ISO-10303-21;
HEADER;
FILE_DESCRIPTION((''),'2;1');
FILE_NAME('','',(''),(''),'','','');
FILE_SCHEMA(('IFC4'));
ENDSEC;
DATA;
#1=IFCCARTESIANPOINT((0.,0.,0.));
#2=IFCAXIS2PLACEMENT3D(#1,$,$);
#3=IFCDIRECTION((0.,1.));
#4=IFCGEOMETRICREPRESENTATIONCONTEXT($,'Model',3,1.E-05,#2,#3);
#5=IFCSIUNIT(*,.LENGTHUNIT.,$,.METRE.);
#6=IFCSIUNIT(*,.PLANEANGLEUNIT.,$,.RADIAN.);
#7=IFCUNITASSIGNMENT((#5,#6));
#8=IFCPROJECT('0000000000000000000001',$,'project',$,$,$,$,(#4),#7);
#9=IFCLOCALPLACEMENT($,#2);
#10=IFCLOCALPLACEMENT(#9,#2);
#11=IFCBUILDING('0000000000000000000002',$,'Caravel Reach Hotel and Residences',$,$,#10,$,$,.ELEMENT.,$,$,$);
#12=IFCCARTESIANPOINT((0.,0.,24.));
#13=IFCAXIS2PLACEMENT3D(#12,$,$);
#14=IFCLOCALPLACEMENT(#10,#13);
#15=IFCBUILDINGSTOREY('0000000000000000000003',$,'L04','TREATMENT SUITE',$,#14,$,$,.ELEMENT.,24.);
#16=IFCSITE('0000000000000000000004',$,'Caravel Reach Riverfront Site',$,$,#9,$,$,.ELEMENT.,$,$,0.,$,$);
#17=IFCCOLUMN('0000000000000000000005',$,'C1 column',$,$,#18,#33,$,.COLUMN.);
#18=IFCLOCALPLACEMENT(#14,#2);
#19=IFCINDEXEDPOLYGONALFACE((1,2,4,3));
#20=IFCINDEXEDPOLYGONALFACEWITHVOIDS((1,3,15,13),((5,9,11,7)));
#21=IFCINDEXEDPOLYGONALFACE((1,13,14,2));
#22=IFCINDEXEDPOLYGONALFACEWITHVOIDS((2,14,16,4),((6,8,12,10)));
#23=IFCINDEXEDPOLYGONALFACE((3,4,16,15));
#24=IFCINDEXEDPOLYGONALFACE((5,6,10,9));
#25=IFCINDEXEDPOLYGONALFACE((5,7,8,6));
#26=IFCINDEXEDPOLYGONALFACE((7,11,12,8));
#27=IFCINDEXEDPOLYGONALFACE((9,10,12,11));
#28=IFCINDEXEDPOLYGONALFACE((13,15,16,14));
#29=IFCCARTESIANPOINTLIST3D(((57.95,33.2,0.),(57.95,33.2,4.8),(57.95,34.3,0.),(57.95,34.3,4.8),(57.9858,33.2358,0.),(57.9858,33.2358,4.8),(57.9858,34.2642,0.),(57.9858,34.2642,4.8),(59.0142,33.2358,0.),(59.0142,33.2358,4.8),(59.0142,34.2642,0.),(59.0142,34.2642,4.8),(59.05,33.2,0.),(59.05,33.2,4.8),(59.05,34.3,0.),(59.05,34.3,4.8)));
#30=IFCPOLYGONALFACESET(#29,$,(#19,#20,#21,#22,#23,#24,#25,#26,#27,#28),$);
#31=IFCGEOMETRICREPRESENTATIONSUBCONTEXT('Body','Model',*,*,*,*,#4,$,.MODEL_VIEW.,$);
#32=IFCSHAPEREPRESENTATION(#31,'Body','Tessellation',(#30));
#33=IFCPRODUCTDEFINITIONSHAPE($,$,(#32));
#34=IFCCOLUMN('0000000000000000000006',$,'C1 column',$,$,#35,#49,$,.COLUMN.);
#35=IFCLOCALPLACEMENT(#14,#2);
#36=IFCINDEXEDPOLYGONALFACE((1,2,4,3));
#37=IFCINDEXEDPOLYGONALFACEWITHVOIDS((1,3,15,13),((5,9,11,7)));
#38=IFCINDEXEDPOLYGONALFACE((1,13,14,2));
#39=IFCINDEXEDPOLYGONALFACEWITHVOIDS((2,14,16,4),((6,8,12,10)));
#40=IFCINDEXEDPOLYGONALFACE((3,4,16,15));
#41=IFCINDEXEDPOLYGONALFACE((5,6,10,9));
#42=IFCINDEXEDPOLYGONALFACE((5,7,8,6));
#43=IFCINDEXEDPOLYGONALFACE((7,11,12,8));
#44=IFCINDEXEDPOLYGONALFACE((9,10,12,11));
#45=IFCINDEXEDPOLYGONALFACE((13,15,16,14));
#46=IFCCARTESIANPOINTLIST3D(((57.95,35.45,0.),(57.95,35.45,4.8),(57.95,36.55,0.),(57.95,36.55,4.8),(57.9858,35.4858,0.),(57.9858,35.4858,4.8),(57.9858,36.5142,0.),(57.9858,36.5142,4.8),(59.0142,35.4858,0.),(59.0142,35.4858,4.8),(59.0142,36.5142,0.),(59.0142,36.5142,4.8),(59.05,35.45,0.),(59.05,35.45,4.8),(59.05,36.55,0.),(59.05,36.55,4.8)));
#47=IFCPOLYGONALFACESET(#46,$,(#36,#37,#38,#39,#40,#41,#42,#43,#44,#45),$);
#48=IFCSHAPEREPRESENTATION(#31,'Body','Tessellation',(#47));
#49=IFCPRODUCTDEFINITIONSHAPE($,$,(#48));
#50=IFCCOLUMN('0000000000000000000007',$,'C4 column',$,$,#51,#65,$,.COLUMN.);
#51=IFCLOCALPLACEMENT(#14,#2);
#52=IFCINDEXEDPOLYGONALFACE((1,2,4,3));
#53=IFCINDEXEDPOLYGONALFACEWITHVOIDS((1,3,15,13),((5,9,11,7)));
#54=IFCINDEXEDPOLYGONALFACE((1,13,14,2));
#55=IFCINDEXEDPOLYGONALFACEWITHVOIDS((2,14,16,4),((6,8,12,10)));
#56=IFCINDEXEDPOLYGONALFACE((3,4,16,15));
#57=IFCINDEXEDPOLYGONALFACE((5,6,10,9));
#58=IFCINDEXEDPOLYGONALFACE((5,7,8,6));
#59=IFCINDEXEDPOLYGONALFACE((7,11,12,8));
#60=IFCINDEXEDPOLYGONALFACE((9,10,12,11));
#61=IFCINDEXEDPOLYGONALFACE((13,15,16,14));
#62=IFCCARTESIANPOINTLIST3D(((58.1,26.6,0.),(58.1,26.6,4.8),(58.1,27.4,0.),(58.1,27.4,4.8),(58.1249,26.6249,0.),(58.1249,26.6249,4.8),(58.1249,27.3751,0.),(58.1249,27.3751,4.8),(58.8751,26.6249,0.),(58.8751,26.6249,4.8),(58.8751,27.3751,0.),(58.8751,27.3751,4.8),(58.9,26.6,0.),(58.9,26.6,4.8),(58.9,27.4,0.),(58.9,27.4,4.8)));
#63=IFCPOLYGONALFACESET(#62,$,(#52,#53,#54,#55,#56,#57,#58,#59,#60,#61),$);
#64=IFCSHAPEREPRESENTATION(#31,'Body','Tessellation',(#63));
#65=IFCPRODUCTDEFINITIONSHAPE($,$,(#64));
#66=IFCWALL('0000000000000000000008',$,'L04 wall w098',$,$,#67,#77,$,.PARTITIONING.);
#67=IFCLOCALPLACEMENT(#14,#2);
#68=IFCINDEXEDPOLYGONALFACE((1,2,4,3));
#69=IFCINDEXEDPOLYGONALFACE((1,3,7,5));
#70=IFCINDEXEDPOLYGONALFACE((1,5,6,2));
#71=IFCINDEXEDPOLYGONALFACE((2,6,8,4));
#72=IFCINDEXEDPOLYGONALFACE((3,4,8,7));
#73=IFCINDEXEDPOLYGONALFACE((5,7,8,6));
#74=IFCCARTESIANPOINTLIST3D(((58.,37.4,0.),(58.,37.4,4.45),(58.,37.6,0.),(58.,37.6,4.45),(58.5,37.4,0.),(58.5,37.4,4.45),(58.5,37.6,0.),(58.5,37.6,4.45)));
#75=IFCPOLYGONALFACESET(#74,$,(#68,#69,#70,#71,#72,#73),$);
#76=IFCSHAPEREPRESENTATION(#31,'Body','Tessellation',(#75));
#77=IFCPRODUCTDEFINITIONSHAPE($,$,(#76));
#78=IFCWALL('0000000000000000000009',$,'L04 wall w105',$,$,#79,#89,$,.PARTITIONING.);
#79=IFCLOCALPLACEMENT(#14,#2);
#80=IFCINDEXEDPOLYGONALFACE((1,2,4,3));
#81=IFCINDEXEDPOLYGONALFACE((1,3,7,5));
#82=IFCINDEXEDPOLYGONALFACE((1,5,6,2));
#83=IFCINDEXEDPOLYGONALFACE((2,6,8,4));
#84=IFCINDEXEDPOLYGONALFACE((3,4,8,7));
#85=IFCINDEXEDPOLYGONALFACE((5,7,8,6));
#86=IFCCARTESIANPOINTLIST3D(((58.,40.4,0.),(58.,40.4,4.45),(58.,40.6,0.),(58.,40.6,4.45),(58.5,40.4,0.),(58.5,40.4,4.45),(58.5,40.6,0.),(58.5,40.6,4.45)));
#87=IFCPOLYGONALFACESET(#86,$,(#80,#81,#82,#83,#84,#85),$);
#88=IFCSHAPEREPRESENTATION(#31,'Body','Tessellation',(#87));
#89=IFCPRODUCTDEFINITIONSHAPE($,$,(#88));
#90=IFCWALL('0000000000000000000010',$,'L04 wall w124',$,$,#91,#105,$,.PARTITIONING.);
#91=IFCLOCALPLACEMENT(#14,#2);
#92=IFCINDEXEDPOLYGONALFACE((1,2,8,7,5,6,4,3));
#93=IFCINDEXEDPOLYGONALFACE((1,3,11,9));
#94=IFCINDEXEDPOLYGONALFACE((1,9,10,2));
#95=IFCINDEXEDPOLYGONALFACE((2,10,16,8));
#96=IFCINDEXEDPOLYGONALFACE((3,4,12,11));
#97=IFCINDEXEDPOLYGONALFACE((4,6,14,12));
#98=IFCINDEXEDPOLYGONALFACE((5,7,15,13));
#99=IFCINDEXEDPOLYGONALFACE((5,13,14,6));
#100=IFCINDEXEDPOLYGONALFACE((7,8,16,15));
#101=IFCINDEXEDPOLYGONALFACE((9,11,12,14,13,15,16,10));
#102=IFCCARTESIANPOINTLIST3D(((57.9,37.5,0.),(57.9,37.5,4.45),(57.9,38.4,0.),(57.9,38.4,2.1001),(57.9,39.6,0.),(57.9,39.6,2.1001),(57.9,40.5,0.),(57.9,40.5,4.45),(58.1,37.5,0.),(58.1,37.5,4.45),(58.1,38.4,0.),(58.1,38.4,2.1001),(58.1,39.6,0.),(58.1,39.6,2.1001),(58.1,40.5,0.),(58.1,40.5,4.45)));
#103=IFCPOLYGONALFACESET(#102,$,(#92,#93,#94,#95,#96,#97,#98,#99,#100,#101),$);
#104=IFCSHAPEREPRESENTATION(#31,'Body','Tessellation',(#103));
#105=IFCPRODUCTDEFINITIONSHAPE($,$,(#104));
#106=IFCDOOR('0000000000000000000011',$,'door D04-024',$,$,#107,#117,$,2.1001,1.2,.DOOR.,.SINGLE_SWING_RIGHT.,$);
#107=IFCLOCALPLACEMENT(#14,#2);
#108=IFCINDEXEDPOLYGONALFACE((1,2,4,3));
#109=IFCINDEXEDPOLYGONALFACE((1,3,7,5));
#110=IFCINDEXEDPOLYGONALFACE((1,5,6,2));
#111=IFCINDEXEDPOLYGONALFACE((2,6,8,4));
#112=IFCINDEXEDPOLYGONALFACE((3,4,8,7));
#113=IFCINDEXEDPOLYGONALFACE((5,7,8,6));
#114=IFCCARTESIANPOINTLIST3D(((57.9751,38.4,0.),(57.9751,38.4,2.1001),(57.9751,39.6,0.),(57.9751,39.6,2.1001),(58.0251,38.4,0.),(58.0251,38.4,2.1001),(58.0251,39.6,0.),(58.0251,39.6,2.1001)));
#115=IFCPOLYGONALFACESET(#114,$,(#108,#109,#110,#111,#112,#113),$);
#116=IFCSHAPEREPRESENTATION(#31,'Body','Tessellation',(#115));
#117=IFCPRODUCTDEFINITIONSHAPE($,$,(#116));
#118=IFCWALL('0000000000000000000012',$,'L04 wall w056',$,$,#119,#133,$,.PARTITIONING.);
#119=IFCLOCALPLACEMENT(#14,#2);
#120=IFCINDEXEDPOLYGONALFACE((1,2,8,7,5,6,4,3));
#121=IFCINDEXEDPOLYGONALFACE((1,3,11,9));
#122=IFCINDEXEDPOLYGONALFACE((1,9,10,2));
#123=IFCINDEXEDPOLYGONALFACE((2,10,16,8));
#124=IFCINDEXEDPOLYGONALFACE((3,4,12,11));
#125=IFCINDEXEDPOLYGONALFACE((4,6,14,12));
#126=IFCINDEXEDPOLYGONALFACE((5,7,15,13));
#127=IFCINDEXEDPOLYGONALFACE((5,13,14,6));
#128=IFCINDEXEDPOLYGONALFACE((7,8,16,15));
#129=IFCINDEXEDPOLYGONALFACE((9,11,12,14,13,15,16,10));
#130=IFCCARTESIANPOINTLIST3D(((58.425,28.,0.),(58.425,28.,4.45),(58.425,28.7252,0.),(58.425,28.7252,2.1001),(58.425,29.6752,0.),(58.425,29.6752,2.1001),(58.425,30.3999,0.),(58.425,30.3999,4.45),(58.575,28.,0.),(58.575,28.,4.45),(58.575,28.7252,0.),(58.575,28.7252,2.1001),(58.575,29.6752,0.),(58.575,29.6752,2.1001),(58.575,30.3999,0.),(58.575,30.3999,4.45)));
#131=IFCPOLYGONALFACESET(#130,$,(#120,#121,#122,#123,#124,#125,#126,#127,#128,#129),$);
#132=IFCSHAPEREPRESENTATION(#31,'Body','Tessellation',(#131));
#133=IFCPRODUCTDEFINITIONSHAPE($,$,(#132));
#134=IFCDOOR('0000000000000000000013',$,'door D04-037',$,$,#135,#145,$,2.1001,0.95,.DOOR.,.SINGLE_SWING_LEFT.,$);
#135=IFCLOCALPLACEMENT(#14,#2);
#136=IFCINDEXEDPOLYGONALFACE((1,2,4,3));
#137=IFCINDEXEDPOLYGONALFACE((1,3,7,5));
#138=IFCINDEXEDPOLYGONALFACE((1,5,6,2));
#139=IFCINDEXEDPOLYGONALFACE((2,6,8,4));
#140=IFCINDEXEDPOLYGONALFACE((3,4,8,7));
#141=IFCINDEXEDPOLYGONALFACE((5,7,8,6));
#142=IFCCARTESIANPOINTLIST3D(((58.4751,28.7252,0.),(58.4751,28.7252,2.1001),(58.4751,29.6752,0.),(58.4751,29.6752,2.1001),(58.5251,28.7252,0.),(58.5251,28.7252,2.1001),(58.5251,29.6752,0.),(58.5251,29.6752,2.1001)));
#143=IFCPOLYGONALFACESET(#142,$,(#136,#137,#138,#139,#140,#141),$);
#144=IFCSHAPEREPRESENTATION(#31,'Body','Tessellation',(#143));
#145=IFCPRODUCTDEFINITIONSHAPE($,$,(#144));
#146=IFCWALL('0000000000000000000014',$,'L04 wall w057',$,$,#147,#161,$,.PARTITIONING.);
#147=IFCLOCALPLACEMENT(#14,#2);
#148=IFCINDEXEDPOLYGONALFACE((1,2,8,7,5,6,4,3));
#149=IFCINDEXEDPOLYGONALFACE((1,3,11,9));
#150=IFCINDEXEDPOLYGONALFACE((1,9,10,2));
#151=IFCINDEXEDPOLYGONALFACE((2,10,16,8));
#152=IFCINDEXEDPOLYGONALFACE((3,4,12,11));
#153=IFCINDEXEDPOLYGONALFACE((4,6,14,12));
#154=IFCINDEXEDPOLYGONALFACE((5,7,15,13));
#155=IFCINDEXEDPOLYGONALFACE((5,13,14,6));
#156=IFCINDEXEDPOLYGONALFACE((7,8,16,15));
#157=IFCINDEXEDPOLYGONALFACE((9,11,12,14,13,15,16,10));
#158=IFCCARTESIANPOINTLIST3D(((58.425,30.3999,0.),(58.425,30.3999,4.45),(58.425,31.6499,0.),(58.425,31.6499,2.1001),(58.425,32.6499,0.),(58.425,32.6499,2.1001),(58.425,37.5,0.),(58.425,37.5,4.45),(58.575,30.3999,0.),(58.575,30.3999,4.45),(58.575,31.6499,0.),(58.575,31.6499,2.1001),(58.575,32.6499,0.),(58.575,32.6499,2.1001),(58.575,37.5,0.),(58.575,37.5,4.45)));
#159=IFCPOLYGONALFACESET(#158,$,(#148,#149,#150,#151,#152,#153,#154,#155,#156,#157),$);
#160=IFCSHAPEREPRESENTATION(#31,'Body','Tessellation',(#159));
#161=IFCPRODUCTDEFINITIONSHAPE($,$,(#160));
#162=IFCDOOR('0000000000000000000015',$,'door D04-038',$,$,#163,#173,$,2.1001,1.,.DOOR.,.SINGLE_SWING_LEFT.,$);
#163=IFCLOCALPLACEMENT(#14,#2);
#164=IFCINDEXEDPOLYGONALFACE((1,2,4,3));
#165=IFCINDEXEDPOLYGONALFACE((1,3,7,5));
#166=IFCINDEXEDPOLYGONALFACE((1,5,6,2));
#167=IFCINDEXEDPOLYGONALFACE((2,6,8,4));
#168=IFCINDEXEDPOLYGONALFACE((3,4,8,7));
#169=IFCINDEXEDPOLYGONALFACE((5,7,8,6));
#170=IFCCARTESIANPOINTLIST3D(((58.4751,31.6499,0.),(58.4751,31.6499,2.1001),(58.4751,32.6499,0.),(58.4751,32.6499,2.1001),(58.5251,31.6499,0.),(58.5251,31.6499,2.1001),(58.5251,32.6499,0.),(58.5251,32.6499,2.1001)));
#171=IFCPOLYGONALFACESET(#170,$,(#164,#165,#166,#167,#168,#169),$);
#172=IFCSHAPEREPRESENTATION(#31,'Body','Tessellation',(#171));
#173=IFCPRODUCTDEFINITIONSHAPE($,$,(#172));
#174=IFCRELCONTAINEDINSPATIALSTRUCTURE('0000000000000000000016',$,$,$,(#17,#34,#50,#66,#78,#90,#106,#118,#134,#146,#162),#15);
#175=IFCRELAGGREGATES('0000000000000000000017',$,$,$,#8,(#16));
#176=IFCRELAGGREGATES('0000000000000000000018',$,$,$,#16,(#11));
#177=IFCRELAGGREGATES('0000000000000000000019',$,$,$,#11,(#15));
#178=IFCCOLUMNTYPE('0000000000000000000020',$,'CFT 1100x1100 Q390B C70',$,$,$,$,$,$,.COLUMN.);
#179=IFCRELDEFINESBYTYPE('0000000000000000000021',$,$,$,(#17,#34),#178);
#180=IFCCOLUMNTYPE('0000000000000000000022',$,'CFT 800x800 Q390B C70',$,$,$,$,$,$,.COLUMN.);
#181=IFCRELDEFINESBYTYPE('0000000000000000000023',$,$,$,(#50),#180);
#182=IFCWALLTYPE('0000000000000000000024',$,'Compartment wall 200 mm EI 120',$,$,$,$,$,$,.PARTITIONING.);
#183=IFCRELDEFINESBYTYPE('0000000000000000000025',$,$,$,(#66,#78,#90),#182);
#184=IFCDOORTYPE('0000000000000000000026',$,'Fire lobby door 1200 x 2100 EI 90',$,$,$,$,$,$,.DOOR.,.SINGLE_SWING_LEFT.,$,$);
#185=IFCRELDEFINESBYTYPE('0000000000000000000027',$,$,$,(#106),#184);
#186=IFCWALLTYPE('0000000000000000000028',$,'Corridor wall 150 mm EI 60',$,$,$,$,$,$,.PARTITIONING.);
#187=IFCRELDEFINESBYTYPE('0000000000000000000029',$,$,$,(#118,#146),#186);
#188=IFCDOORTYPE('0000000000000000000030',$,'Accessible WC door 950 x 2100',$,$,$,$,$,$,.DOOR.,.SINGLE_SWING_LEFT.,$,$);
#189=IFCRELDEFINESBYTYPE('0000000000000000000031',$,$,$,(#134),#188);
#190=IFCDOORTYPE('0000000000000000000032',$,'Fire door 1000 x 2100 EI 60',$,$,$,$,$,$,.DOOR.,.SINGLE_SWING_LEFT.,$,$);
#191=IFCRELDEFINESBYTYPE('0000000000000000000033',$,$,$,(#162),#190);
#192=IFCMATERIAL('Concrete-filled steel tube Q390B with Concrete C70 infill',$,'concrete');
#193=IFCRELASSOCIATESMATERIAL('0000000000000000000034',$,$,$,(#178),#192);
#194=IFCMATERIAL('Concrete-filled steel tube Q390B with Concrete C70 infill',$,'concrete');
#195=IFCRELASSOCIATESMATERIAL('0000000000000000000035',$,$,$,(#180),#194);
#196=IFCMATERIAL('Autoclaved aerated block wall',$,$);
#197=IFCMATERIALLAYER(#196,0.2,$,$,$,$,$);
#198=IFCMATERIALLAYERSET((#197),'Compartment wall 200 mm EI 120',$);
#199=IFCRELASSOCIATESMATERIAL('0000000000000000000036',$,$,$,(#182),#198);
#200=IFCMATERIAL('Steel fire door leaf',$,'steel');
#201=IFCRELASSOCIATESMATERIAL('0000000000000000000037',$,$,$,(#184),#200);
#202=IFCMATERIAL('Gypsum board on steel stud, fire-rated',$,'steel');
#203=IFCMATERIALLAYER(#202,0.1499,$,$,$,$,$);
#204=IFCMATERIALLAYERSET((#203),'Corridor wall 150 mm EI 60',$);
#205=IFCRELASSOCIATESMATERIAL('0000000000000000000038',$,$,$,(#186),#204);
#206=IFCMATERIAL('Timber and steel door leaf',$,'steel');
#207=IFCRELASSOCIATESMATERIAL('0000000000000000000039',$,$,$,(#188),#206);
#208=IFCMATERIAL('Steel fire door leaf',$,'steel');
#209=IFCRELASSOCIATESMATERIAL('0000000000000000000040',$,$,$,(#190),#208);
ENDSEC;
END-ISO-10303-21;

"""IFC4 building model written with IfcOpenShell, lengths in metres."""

from ifc_helpers import new_model, si_unit, direction, frame, frame_2d, origin, origin_2d, place, context, subcontext, project, spatial, rectangle, hollow_rectangle, extrude, material, layer, layer_set, material_profile, profile_set, type_object, element, fill, save


model = new_model("IFC4")

# Units and contexts
model_context = context("Model", 3, precision=1e-05, world=origin(), true_north=direction((0.0, 1.0)))
body_context = subcontext(model_context, "Body", "Model", "MODEL_VIEW")
ifc_project = project(units=[si_unit("LENGTHUNIT", "METRE"), si_unit("PLANEANGLEUNIT", "RADIAN")], contexts=[model_context])

# Site, building, storey
site_placement = place(None, origin())
site = spatial("IfcSite", under=ifc_project, at=site_placement, Name="Caravel Reach Riverfront Site", CompositionType="ELEMENT", RefElevation=0.0)
building_placement = place(site_placement, origin())
building = spatial("IfcBuilding", under=site, at=building_placement, Name="Caravel Reach Hotel and Residences", CompositionType="ELEMENT")
storey_placement = place(building_placement, frame((0.0, 0.0, 24.0)))
storey = spatial("IfcBuildingStorey", under=building, at=storey_placement, Name="L04", Description="TREATMENT SUITE", CompositionType="ELEMENT", Elevation=24.0)

# Columns
ifc_material_1 = material(Name="Concrete-filled steel tube Q390B with Concrete C70 infill", Category="concrete")
ifc_material_profile_1 = material_profile(ifc_material_1, hollow_rectangle(XDim=1.1001, YDim=1.1001, WallThickness=0.0359, at=origin_2d()), Name="RHS 1100x1100x36")
ifc_profile_set_1 = profile_set([ifc_material_profile_1], Name="Concrete-filled steel tube Q390B with Concrete C70 infill")
column_type_1 = type_object("IfcColumnType", Name="CFT 1100x1100 Q390B C70", PredefinedType="COLUMN", material=ifc_profile_set_1)
for number, where, z_axis, x_axis, name in (
    (1, (58.5, 33.75, 0.0), (0.0, 0.0, 1.0), (1.0, 0.0, 0.0), "C1 column"),
    (2, (58.5, 36.0, 0.0), (0.0, 0.0, 1.0), (1.0, 0.0, 0.0), "C1 column"),
):
    element("IfcColumn", number, at=place(storey_placement, frame(where, z_axis=z_axis, x_axis=x_axis)), inside=storey, type_object=column_type_1, Name=name, PredefinedType="COLUMN", context=body_context, shape_type="SweptSolid", body=[
        extrude(hollow_rectangle(XDim=1.1001, YDim=1.1001, WallThickness=0.0359, at=origin_2d()), origin(), (0.0, 0.0, 1.0), 4.8),
    ])
ifc_material_2 = material(Name="Concrete-filled steel tube Q390B with Concrete C70 infill", Category="concrete")
ifc_material_profile_2 = material_profile(ifc_material_2, hollow_rectangle(XDim=0.8, YDim=0.8, WallThickness=0.0249, at=origin_2d()), Name="RHS 800x800x25")
ifc_profile_set_2 = profile_set([ifc_material_profile_2], Name="Concrete-filled steel tube Q390B with Concrete C70 infill")
column_type_2 = type_object("IfcColumnType", Name="CFT 800x800 Q390B C70", PredefinedType="COLUMN", material=ifc_profile_set_2)
column_placement = place(storey_placement, frame((58.5, 27.0, 0.0), z_axis=(0.0, 0.0, 1.0), x_axis=(1.0, 0.0, 0.0)))
element("IfcColumn", 3, at=column_placement, inside=storey, type_object=column_type_2, Name="C4 column", PredefinedType="COLUMN", context=body_context, shape_type="SweptSolid", body=[
    extrude(hollow_rectangle(XDim=0.8, YDim=0.8, WallThickness=0.0249, at=origin_2d()), origin(), (0.0, 0.0, 1.0), 4.8),
])

# Walls
ifc_material_3 = material(Name="Autoclaved aerated block wall")
ifc_layer_1 = layer(ifc_material_3, 0.2)
ifc_layer_set_1 = layer_set([ifc_layer_1], Name="Compartment wall 200 mm EI 120")
wall_type_1 = type_object("IfcWallType", Name="Compartment wall 200 mm EI 120", PredefinedType="PARTITIONING", material=ifc_layer_set_1)
for number, where, z_axis, x_axis, name in (
    (4, (58.0, 37.5, 0.0), (0.0, 0.0, 1.0), (1.0, 0.0, 0.0), "L04 wall w098"),
    (5, (58.0, 40.5, 0.0), (0.0, 0.0, 1.0), (1.0, 0.0, 0.0), "L04 wall w105"),
):
    element("IfcWall", number, at=place(storey_placement, frame(where, z_axis=z_axis, x_axis=x_axis)), inside=storey, type_object=wall_type_1, Name=name, PredefinedType="PARTITIONING", context=body_context, shape_type="SweptSolid", body=[
        extrude(rectangle(XDim=0.5, YDim=0.2, at=frame_2d((0.25, 0.0))), origin(), (0.0, 0.0, 1.0), 4.45),
    ])

# Walls, openings, doors
wall_1_placement = place(storey_placement, frame((58.0, 37.5, 0.0), z_axis=(0.0, 0.0, 1.0), x_axis=(0.0, 1.0, 0.0)))
wall_1 = element("IfcWall", 6, at=wall_1_placement, inside=storey, type_object=wall_type_1, Name="L04 wall w124", PredefinedType="PARTITIONING", context=body_context, shape_type="SweptSolid", body=[
    extrude(rectangle(XDim=3.0, YDim=0.2, at=frame_2d((1.5, 0.0))), origin(), (0.0, 0.0, 1.0), 4.45),
])
opening_1_placement = place(wall_1_placement, frame((0.8999, 0.0, 0.0)))
opening_1 = element("IfcOpeningElement", 7, at=opening_1_placement, cuts=wall_1, PredefinedType="OPENING", context=body_context, shape_type="SweptSolid", body=[
    extrude(rectangle(XDim=1.2, YDim=2.1001, at=frame_2d((0.6001, 1.05))), frame((0.0, 0.1099, 0.0), z_axis=(0.0, -1.0, 0.0), x_axis=(1.0, 0.0, 0.0)), (0.0, 0.0, 1.0), 0.22),
])
ifc_material_4 = material(Name="Steel fire door leaf", Category="steel")
door_type_1 = type_object("IfcDoorType", Name="Fire lobby door 1200 x 2100 EI 90", OperationType="SINGLE_SWING_LEFT", PredefinedType="DOOR", material=ifc_material_4)
door_1_placement = place(opening_1_placement, origin())
door_1 = element("IfcDoor", 8, at=door_1_placement, inside=storey, type_object=door_type_1, Name="door D04-024", OperationType="SINGLE_SWING_RIGHT", OverallHeight=2.1001, OverallWidth=1.2, PredefinedType="DOOR", context=body_context, shape_type="SweptSolid", body=[
    extrude(rectangle(XDim=1.2, YDim=2.1001, at=frame_2d((0.6001, 1.05))), frame((0.0, 0.0249, 0.0), z_axis=(0.0, -1.0, 0.0), x_axis=(1.0, 0.0, 0.0)), (0.0, 0.0, 1.0), 0.05),
])
fill(opening_1, door_1)
ifc_material_5 = material(Name="Gypsum board on steel stud, fire-rated", Category="steel")
ifc_layer_2 = layer(ifc_material_5, 0.1499)
ifc_layer_set_2 = layer_set([ifc_layer_2], Name="Corridor wall 150 mm EI 60")
wall_type_2 = type_object("IfcWallType", Name="Corridor wall 150 mm EI 60", PredefinedType="PARTITIONING", material=ifc_layer_set_2)
wall_2_placement = place(storey_placement, frame((58.5, 28.0, 0.0), z_axis=(0.0, 0.0, 1.0), x_axis=(0.0, 1.0, 0.0)))
wall_2 = element("IfcWall", 9, at=wall_2_placement, inside=storey, type_object=wall_type_2, Name="L04 wall w056", PredefinedType="PARTITIONING", context=body_context, shape_type="SweptSolid", body=[
    extrude(rectangle(XDim=2.3999, YDim=0.1499, at=frame_2d((1.2, 0.0))), origin(), (0.0, 0.0, 1.0), 4.45),
])
opening_2_placement = place(wall_2_placement, frame((0.7251, 0.0, 0.0)))
opening_2 = element("IfcOpeningElement", 10, at=opening_2_placement, cuts=wall_2, PredefinedType="OPENING", context=body_context, shape_type="SweptSolid", body=[
    extrude(rectangle(XDim=0.95, YDim=2.1001, at=frame_2d((0.4751, 1.05))), frame((0.0, 0.085, 0.0), z_axis=(0.0, -1.0, 0.0), x_axis=(1.0, 0.0, 0.0)), (0.0, 0.0, 1.0), 0.1699),
])
ifc_material_6 = material(Name="Timber and steel door leaf", Category="steel")
door_type_2 = type_object("IfcDoorType", Name="Accessible WC door 950 x 2100", OperationType="SINGLE_SWING_LEFT", PredefinedType="DOOR", material=ifc_material_6)
door_2_placement = place(opening_2_placement, origin())
door_2 = element("IfcDoor", 11, at=door_2_placement, inside=storey, type_object=door_type_2, Name="door D04-037", OperationType="SINGLE_SWING_LEFT", OverallHeight=2.1001, OverallWidth=0.95, PredefinedType="DOOR", context=body_context, shape_type="SweptSolid", body=[
    extrude(rectangle(XDim=0.95, YDim=2.1001, at=frame_2d((0.4751, 1.05))), frame((0.0, 0.0249, 0.0), z_axis=(0.0, -1.0, 0.0), x_axis=(1.0, 0.0, 0.0)), (0.0, 0.0, 1.0), 0.05),
])
fill(opening_2, door_2)
wall_3_placement = place(storey_placement, frame((58.5, 30.3999, 0.0), z_axis=(0.0, 0.0, 1.0), x_axis=(0.0, 1.0, 0.0)))
wall_3 = element("IfcWall", 12, at=wall_3_placement, inside=storey, type_object=wall_type_2, Name="L04 wall w057", PredefinedType="PARTITIONING", context=body_context, shape_type="SweptSolid", body=[
    extrude(rectangle(XDim=7.1001, YDim=0.1499, at=frame_2d((3.55, 0.0))), origin(), (0.0, 0.0, 1.0), 4.45),
])
opening_3_placement = place(wall_3_placement, frame((1.25, 0.0, 0.0)))
opening_3 = element("IfcOpeningElement", 13, at=opening_3_placement, cuts=wall_3, PredefinedType="OPENING", context=body_context, shape_type="SweptSolid", body=[
    extrude(rectangle(XDim=1.0, YDim=2.1001, at=frame_2d((0.5, 1.05))), frame((0.0, 0.085, 0.0), z_axis=(0.0, -1.0, 0.0), x_axis=(1.0, 0.0, 0.0)), (0.0, 0.0, 1.0), 0.1699),
])
ifc_material_7 = material(Name="Steel fire door leaf", Category="steel")
door_type_3 = type_object("IfcDoorType", Name="Fire door 1000 x 2100 EI 60", OperationType="SINGLE_SWING_LEFT", PredefinedType="DOOR", material=ifc_material_7)
door_3_placement = place(opening_3_placement, origin())
door_3 = element("IfcDoor", 14, at=door_3_placement, inside=storey, type_object=door_type_3, Name="door D04-038", OperationType="SINGLE_SWING_LEFT", OverallHeight=2.1001, OverallWidth=1.0, PredefinedType="DOOR", context=body_context, shape_type="SweptSolid", body=[
    extrude(rectangle(XDim=1.0, YDim=2.1001, at=frame_2d((0.5, 1.05))), frame((0.0, 0.0249, 0.0), z_axis=(0.0, -1.0, 0.0), x_axis=(1.0, 0.0, 0.0)), (0.0, 0.0, 1.0), 0.05),
])
fill(opening_3, door_3)

save(model, "model.ifc")
